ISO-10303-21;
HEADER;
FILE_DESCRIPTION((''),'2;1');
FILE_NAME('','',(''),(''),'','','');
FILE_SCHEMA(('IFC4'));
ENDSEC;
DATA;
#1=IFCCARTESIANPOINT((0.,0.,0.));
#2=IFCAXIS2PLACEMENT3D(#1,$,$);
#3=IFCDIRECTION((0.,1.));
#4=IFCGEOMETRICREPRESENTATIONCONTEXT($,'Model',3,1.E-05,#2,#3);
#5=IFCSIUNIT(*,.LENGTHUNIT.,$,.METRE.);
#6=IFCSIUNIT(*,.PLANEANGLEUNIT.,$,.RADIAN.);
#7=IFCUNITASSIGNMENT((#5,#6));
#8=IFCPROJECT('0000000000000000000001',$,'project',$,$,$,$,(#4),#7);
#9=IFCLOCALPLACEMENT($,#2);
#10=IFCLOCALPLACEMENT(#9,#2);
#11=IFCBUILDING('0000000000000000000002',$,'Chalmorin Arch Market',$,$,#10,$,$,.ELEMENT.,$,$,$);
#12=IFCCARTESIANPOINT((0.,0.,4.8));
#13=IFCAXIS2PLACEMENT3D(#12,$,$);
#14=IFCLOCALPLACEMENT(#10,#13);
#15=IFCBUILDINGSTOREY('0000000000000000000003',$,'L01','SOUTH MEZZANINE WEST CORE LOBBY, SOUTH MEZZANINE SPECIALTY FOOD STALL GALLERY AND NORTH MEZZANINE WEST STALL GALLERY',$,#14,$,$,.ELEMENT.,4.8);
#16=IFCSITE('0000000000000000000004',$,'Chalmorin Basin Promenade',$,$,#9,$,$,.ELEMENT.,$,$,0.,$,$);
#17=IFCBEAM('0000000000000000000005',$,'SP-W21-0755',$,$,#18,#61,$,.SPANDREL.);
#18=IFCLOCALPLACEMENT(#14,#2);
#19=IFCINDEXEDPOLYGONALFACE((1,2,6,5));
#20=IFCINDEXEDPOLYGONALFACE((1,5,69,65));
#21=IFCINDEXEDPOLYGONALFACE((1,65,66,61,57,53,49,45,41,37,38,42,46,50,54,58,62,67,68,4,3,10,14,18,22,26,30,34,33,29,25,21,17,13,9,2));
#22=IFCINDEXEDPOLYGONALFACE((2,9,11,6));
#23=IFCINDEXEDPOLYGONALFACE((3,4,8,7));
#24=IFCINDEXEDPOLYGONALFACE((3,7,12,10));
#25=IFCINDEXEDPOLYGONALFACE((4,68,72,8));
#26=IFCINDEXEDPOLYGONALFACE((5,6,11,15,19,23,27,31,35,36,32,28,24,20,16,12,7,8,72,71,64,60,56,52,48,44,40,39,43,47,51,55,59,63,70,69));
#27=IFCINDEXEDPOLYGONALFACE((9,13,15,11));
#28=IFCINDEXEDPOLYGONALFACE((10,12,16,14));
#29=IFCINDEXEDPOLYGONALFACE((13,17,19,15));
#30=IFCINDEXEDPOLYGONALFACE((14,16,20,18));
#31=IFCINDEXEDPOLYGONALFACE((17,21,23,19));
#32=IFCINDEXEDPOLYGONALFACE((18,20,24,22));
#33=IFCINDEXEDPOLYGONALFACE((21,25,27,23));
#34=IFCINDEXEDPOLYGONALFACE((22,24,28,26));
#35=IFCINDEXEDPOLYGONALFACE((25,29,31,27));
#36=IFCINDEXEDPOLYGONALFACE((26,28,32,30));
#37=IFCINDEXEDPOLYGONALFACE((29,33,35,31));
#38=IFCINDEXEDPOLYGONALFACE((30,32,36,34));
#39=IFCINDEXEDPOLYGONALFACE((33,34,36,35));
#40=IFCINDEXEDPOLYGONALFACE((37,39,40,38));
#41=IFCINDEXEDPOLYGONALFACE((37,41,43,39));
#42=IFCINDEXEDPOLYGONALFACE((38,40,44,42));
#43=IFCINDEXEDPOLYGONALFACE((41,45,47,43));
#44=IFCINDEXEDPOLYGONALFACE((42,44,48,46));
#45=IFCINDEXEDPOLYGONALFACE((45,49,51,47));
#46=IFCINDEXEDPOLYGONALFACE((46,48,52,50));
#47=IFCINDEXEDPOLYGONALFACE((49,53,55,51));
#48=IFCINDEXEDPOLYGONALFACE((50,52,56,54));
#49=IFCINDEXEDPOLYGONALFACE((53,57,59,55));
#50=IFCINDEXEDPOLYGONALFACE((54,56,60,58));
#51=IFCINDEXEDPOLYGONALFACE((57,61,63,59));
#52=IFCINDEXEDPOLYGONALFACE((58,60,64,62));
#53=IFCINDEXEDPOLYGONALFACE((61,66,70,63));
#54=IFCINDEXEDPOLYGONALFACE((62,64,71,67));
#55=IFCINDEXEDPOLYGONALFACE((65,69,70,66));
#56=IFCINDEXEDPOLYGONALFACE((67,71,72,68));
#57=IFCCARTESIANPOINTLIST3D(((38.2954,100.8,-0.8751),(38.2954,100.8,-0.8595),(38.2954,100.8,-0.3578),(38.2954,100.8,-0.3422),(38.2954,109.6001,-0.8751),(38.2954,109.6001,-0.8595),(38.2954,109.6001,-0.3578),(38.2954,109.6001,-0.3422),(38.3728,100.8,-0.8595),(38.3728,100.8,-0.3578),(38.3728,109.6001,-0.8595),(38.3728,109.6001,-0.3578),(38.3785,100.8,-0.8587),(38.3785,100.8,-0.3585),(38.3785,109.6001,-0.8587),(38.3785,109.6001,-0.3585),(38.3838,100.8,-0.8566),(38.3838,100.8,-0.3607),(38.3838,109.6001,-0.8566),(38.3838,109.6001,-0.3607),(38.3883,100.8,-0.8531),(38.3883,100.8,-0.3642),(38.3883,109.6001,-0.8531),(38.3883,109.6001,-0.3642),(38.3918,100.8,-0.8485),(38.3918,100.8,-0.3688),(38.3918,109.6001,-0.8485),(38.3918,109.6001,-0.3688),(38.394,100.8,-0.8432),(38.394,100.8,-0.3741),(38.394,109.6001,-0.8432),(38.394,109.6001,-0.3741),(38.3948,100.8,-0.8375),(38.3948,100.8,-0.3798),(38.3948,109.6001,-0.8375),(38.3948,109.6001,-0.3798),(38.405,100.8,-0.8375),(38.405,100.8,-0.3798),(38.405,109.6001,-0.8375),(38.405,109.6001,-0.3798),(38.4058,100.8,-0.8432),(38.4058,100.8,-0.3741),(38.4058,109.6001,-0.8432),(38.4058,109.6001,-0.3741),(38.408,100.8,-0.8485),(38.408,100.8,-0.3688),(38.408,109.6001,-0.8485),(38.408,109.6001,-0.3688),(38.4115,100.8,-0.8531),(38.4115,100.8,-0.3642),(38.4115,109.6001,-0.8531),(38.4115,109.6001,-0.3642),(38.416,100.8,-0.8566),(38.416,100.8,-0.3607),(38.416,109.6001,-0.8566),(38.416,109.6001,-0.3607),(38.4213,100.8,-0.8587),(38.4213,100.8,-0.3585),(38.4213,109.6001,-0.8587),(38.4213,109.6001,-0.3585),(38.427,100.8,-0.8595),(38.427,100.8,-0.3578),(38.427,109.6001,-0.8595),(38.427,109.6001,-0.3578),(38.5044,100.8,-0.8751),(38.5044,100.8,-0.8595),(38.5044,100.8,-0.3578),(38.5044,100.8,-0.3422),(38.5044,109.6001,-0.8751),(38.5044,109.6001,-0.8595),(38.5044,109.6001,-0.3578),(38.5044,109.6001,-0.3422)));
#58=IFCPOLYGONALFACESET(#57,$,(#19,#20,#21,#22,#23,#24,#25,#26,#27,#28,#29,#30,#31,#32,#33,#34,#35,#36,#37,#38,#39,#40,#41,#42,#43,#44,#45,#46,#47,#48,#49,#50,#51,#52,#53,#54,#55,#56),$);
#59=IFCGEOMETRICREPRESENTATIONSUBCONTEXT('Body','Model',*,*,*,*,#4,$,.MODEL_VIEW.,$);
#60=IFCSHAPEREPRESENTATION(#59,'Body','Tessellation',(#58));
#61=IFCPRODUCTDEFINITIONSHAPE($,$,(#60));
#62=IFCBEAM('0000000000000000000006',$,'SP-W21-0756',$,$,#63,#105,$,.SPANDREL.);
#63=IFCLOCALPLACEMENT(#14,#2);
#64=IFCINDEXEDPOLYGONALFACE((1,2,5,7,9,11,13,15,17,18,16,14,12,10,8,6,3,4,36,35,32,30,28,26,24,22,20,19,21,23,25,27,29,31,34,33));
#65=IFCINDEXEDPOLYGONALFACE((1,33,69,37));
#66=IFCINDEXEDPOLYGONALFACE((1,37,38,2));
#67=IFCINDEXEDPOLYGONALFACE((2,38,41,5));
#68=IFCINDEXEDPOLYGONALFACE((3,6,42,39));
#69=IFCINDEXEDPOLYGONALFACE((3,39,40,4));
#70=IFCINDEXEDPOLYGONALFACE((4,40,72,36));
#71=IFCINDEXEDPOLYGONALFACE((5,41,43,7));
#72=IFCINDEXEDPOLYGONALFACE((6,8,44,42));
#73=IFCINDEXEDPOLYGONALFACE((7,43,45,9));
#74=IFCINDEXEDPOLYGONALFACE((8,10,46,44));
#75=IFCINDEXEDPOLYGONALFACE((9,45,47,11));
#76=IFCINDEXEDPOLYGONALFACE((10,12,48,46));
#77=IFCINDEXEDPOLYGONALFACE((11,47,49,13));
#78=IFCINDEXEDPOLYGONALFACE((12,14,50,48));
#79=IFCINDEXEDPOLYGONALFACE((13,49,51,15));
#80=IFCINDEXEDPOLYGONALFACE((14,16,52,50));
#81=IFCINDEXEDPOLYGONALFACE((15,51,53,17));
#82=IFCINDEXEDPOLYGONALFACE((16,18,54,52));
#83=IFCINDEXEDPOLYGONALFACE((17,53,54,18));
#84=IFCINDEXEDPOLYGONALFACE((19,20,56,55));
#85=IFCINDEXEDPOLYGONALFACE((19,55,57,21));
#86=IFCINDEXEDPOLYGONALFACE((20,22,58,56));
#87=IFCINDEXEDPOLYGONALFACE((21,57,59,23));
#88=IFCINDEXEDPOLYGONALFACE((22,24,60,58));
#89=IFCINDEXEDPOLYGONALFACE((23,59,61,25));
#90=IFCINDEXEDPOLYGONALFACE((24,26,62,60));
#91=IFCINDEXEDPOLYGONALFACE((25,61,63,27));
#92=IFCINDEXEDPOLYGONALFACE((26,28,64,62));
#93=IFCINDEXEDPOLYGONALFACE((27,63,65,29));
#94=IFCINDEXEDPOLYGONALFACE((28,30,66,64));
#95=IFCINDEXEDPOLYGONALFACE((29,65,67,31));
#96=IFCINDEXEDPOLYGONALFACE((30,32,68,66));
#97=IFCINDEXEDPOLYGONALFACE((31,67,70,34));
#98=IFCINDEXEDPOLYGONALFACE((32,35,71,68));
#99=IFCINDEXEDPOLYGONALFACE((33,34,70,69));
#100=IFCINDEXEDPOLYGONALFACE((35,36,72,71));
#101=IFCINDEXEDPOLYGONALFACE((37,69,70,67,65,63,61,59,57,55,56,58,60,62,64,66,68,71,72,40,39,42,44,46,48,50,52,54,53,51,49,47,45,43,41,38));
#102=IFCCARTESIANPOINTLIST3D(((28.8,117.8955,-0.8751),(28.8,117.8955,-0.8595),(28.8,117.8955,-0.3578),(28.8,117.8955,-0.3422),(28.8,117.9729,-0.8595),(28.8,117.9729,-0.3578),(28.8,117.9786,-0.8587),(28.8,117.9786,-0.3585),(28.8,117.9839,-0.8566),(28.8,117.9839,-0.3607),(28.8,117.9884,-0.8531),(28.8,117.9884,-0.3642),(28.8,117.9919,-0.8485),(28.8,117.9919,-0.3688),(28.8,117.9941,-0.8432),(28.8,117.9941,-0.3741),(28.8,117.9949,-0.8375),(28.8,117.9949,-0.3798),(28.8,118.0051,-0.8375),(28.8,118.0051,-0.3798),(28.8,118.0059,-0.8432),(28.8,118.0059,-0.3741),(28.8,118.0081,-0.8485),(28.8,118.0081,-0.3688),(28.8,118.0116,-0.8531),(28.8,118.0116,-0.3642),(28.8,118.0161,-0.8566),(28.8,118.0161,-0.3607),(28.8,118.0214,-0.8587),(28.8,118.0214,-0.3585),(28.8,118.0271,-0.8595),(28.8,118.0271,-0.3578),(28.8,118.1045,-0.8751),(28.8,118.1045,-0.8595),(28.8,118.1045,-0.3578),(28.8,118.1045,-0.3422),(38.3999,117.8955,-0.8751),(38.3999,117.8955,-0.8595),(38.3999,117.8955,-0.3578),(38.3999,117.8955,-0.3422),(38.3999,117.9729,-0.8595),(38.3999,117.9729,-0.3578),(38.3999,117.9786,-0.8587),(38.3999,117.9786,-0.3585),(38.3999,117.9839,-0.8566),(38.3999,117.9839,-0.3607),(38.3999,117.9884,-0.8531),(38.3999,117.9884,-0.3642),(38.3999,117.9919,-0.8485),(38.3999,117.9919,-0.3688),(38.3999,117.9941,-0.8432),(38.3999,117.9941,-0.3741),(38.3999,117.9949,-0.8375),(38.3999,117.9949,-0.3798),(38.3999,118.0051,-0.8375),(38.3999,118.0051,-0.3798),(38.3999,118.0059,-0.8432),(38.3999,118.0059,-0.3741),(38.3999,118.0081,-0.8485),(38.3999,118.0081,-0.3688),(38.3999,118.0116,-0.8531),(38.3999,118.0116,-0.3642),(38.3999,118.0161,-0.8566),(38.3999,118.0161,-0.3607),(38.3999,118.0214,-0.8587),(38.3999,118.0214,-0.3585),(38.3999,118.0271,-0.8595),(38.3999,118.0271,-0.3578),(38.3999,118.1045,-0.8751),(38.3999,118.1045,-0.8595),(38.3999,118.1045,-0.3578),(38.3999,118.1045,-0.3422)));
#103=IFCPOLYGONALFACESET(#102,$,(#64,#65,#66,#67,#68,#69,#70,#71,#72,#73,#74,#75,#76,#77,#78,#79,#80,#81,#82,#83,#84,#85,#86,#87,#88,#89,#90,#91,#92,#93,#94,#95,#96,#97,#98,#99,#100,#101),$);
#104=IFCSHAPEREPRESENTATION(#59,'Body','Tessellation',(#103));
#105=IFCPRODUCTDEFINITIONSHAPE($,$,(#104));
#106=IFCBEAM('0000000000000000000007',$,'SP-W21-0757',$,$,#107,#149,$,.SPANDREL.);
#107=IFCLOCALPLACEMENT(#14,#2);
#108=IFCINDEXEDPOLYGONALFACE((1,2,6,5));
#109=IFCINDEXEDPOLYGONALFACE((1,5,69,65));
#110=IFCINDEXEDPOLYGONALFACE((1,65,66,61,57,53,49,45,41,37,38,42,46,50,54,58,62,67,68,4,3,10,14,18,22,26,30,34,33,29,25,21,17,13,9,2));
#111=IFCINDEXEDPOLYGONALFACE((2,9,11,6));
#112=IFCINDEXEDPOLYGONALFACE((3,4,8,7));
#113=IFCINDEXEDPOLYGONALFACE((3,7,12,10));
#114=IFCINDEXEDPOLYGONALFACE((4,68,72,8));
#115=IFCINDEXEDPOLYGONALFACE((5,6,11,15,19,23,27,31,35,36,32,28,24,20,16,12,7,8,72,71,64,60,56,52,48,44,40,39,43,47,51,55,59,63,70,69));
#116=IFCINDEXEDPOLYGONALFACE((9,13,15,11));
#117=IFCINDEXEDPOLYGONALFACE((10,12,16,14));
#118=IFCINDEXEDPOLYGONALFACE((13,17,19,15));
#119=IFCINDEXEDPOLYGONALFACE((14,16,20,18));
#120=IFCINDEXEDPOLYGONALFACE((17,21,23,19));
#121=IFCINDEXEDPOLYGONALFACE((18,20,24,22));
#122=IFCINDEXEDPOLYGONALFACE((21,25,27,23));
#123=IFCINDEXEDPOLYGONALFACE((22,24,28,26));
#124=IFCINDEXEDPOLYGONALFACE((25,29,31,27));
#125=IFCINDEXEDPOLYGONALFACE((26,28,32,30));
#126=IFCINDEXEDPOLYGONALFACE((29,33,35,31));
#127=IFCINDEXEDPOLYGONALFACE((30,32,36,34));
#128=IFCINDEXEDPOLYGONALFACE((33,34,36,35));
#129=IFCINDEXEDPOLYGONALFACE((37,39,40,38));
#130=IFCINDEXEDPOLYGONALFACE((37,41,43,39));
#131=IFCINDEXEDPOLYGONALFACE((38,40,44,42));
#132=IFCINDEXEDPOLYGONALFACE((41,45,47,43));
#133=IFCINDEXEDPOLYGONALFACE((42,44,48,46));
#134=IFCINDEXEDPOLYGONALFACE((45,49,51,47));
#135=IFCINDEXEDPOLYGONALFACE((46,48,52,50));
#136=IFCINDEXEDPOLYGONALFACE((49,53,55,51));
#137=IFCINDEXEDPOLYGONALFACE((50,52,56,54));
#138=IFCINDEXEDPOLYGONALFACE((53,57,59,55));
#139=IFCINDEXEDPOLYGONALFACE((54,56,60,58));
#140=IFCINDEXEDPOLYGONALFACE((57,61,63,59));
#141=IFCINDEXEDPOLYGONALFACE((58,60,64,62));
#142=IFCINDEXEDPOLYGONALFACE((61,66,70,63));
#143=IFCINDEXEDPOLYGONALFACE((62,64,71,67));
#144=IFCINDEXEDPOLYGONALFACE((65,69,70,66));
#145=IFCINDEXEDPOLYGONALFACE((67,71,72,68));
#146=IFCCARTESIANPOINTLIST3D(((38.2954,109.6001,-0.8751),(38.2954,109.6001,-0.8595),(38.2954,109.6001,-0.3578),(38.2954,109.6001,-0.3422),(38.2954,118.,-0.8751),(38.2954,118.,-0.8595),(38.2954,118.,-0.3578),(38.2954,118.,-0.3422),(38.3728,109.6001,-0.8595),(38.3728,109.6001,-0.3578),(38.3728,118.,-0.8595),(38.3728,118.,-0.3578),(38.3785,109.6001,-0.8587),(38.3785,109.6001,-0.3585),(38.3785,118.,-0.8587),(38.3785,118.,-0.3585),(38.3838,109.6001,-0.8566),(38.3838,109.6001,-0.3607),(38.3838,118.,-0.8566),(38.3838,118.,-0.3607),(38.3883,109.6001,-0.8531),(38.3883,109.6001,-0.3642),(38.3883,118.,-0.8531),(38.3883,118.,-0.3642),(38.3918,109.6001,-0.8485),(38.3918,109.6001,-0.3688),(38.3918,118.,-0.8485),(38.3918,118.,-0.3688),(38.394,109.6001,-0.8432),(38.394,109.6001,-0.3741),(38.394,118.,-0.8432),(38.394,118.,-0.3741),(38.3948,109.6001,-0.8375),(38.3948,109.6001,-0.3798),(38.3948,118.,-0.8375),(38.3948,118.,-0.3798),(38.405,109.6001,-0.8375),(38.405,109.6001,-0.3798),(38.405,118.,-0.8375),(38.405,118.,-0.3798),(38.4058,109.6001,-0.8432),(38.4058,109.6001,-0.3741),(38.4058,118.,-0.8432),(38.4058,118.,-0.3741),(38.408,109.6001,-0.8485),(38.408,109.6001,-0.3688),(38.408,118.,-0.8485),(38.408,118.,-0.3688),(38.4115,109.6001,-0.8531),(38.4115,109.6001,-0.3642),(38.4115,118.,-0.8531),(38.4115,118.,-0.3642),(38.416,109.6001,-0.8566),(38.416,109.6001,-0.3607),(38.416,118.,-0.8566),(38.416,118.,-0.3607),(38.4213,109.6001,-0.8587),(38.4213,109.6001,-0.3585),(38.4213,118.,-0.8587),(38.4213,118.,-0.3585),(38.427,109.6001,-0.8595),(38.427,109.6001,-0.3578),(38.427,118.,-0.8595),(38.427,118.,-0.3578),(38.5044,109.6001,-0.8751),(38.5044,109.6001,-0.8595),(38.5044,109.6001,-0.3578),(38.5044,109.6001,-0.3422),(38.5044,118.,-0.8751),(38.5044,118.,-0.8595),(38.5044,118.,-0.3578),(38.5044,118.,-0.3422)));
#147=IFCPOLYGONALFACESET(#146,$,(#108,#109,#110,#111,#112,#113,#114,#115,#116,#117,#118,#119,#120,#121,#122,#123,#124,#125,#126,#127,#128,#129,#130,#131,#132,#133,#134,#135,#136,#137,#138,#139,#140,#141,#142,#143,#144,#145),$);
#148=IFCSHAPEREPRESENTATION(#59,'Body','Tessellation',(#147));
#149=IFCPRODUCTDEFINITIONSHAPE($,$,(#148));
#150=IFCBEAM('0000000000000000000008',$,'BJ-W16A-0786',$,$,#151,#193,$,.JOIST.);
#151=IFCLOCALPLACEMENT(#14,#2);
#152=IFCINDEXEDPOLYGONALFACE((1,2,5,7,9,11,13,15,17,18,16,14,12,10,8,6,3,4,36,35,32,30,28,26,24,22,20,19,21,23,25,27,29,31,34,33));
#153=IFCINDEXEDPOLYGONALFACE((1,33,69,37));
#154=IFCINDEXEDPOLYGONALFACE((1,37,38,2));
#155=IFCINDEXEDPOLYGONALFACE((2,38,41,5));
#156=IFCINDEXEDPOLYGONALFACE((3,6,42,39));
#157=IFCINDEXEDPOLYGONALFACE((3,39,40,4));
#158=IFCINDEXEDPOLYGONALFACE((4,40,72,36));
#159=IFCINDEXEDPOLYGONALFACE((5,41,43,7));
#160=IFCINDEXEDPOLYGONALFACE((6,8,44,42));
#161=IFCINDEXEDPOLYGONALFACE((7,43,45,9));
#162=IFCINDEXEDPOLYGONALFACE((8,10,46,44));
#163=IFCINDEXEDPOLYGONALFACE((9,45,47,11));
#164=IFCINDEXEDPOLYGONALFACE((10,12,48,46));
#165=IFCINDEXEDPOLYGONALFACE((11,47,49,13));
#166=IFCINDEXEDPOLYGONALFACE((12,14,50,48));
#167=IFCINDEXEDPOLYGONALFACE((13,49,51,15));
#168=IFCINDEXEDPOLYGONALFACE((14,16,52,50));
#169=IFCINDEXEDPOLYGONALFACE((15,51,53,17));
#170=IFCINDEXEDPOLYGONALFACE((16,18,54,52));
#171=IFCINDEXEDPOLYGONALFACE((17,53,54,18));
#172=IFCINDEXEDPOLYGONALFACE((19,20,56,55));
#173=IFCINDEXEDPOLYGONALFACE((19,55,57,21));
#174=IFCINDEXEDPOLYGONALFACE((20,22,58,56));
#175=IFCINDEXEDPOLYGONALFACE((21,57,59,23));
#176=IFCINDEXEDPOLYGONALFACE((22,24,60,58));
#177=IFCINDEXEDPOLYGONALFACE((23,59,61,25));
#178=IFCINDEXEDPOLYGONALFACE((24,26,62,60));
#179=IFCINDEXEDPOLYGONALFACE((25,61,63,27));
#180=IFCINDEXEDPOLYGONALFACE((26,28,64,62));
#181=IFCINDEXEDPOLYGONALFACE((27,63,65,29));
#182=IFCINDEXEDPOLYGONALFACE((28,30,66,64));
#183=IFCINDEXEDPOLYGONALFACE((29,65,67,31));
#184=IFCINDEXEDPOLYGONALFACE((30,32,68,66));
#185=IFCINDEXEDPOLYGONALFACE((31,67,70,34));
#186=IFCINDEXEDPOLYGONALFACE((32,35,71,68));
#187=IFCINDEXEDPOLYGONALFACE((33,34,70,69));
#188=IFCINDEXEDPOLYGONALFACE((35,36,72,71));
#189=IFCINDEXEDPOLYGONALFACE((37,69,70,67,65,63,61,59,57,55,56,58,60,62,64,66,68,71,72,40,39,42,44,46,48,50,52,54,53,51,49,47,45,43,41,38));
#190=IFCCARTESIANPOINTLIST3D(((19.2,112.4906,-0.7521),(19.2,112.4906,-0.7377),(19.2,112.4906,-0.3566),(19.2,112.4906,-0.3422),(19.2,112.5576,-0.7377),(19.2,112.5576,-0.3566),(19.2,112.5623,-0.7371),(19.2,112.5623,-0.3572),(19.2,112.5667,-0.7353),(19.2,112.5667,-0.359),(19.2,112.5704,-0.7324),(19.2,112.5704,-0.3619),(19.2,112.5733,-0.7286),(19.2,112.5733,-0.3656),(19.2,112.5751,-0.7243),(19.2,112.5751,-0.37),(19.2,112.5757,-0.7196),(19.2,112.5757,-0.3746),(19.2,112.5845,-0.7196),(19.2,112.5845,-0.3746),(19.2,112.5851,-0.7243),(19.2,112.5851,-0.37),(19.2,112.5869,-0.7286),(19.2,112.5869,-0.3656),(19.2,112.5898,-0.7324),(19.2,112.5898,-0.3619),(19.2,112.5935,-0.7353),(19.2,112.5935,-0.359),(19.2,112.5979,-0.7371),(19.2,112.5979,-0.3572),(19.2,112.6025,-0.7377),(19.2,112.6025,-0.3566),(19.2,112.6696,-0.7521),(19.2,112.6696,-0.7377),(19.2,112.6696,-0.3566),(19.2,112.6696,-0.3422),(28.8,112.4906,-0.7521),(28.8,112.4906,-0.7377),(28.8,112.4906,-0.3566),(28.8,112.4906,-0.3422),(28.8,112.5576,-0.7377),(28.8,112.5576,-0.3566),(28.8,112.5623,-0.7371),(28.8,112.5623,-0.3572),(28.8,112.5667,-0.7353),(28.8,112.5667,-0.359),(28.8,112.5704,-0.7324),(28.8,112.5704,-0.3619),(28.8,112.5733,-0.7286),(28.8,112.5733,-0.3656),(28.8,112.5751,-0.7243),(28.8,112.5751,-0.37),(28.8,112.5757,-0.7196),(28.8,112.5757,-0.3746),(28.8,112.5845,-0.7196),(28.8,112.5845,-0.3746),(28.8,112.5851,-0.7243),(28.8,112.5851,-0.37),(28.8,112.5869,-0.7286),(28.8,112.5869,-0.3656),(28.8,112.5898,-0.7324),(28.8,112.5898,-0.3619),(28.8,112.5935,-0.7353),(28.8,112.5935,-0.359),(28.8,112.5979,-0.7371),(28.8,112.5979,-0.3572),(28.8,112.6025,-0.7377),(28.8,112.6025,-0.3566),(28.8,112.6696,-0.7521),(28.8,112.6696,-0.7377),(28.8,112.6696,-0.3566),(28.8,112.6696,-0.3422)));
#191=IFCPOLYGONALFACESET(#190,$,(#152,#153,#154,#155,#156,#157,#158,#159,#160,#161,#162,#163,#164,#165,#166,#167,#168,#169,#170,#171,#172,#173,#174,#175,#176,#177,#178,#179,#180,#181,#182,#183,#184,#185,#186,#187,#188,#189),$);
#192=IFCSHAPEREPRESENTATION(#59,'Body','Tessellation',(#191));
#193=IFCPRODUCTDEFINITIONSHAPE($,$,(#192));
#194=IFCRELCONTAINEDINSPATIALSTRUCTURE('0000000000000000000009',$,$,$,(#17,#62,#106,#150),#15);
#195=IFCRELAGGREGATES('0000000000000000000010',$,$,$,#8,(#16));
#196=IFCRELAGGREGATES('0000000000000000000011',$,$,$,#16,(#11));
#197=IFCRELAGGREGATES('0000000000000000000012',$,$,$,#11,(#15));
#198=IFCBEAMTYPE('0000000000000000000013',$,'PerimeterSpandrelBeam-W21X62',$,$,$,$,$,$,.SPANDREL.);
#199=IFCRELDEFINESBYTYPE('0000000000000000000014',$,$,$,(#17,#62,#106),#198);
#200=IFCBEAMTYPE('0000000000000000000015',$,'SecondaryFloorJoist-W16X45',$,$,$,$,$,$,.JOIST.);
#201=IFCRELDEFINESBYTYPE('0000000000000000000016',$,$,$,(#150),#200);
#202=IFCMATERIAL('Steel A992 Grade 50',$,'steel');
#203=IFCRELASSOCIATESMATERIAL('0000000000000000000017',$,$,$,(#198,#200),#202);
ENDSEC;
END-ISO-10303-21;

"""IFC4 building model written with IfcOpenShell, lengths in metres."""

from ifc_helpers import new_model, si_unit, direction, frame, origin, origin_2d, place, context, subcontext, project, spatial, i_section, extrude, material, material_profile, profile_set, type_object, element, save


model = new_model("IFC4")

# Units and contexts
model_context = context("Model", 3, precision=1e-05, world=origin(), true_north=direction((0.0, 1.0)))
body_context = subcontext(model_context, "Body", "Model", "MODEL_VIEW")
ifc_project = project(units=[si_unit("LENGTHUNIT", "METRE"), si_unit("PLANEANGLEUNIT", "RADIAN")], contexts=[model_context])

# Site, building, storey
site_placement = place(None, origin())
site = spatial("IfcSite", under=ifc_project, at=site_placement, Name="Chalmorin Basin Promenade", CompositionType="ELEMENT", RefElevation=0.0)
building_placement = place(site_placement, origin())
building = spatial("IfcBuilding", under=site, at=building_placement, Name="Chalmorin Arch Market", CompositionType="ELEMENT")
storey_placement = place(building_placement, frame((0.0, 0.0, 4.8)))
storey = spatial("IfcBuildingStorey", under=building, at=storey_placement, Name="L01", Description="SOUTH MEZZANINE WEST CORE LOBBY, SOUTH MEZZANINE SPECIALTY FOOD STALL GALLERY AND NORTH MEZZANINE WEST STALL GALLERY", CompositionType="ELEMENT", Elevation=4.8)

# Beams
ifc_material_1 = material(Name="Steel A992 Grade 50", Category="steel")
ifc_material_profile_1 = material_profile(ifc_material_1, i_section(OverallWidth=0.209, OverallDepth=0.533, WebThickness=0.0103, FlangeThickness=0.0156, FilletRadius=0.022, at=origin_2d()), Name="W21X62")
ifc_profile_set_1 = profile_set([ifc_material_profile_1], Name="Steel A992 Grade 50")
beam_type_1 = type_object("IfcBeamType", Name="PerimeterSpandrelBeam-W21X62", PredefinedType="SPANDREL", material=ifc_profile_set_1)
beam_1_placement = place(storey_placement, frame((38.3999, 100.8, -0.6086), z_axis=(0.0, 1.0, 0.0), x_axis=(-1.0, 0.0, 0.0)))
element("IfcBeam", 1, at=beam_1_placement, inside=storey, type_object=beam_type_1, Name="SP-W21-0755", PredefinedType="SPANDREL", context=body_context, shape_type="SweptSolid", body=[
    extrude(i_section(OverallWidth=0.209, OverallDepth=0.533, WebThickness=0.0103, FlangeThickness=0.0156, FilletRadius=0.022, at=origin_2d()), origin(), (0.0, 0.0, 1.0), 8.8),
])
beam_2_placement = place(storey_placement, frame((28.8, 118.0, -0.6086), z_axis=(1.0, 0.0, 0.0), x_axis=(0.0, 1.0, 0.0)))
element("IfcBeam", 2, at=beam_2_placement, inside=storey, type_object=beam_type_1, Name="SP-W21-0756", PredefinedType="SPANDREL", context=body_context, shape_type="SweptSolid", body=[
    extrude(i_section(OverallWidth=0.209, OverallDepth=0.533, WebThickness=0.0103, FlangeThickness=0.0156, FilletRadius=0.022, at=origin_2d()), origin(), (0.0, 0.0, 1.0), 9.5999),
])
beam_3_placement = place(storey_placement, frame((38.3999, 109.6001, -0.6086), z_axis=(0.0, 1.0, 0.0), x_axis=(-1.0, 0.0, 0.0)))
element("IfcBeam", 3, at=beam_3_placement, inside=storey, type_object=beam_type_1, Name="SP-W21-0757", PredefinedType="SPANDREL", context=body_context, shape_type="SweptSolid", body=[
    extrude(i_section(OverallWidth=0.209, OverallDepth=0.533, WebThickness=0.0103, FlangeThickness=0.0156, FilletRadius=0.022, at=origin_2d()), origin(), (0.0, 0.0, 1.0), 8.3999),
])
ifc_material_profile_2 = material_profile(ifc_material_1, i_section(OverallWidth=0.179, OverallDepth=0.4099, WebThickness=0.0088, FlangeThickness=0.0144, FilletRadius=0.0181, at=origin_2d()), Name="W16X45")
ifc_profile_set_2 = profile_set([ifc_material_profile_2], Name="Steel A992 Grade 50")
beam_type_2 = type_object("IfcBeamType", Name="SecondaryFloorJoist-W16X45", PredefinedType="JOIST", material=ifc_profile_set_2)
for number, where, z_axis, x_axis, name in (
    (4, (19.2, 112.5801, -0.5471), (1.0, 0.0, 0.0), (0.0, 1.0, 0.0), "BJ-W16A-0786"),
):
    element("IfcBeam", number, at=place(storey_placement, frame(where, z_axis=z_axis, x_axis=x_axis)), inside=storey, type_object=beam_type_2, Name=name, PredefinedType="JOIST", context=body_context, shape_type="SweptSolid", body=[
        extrude(i_section(OverallWidth=0.179, OverallDepth=0.4099, WebThickness=0.0088, FlangeThickness=0.0144, FilletRadius=0.0181, at=origin_2d()), origin(), (0.0, 0.0, 1.0), 9.6001),
    ])

save(model, "model.ifc")
